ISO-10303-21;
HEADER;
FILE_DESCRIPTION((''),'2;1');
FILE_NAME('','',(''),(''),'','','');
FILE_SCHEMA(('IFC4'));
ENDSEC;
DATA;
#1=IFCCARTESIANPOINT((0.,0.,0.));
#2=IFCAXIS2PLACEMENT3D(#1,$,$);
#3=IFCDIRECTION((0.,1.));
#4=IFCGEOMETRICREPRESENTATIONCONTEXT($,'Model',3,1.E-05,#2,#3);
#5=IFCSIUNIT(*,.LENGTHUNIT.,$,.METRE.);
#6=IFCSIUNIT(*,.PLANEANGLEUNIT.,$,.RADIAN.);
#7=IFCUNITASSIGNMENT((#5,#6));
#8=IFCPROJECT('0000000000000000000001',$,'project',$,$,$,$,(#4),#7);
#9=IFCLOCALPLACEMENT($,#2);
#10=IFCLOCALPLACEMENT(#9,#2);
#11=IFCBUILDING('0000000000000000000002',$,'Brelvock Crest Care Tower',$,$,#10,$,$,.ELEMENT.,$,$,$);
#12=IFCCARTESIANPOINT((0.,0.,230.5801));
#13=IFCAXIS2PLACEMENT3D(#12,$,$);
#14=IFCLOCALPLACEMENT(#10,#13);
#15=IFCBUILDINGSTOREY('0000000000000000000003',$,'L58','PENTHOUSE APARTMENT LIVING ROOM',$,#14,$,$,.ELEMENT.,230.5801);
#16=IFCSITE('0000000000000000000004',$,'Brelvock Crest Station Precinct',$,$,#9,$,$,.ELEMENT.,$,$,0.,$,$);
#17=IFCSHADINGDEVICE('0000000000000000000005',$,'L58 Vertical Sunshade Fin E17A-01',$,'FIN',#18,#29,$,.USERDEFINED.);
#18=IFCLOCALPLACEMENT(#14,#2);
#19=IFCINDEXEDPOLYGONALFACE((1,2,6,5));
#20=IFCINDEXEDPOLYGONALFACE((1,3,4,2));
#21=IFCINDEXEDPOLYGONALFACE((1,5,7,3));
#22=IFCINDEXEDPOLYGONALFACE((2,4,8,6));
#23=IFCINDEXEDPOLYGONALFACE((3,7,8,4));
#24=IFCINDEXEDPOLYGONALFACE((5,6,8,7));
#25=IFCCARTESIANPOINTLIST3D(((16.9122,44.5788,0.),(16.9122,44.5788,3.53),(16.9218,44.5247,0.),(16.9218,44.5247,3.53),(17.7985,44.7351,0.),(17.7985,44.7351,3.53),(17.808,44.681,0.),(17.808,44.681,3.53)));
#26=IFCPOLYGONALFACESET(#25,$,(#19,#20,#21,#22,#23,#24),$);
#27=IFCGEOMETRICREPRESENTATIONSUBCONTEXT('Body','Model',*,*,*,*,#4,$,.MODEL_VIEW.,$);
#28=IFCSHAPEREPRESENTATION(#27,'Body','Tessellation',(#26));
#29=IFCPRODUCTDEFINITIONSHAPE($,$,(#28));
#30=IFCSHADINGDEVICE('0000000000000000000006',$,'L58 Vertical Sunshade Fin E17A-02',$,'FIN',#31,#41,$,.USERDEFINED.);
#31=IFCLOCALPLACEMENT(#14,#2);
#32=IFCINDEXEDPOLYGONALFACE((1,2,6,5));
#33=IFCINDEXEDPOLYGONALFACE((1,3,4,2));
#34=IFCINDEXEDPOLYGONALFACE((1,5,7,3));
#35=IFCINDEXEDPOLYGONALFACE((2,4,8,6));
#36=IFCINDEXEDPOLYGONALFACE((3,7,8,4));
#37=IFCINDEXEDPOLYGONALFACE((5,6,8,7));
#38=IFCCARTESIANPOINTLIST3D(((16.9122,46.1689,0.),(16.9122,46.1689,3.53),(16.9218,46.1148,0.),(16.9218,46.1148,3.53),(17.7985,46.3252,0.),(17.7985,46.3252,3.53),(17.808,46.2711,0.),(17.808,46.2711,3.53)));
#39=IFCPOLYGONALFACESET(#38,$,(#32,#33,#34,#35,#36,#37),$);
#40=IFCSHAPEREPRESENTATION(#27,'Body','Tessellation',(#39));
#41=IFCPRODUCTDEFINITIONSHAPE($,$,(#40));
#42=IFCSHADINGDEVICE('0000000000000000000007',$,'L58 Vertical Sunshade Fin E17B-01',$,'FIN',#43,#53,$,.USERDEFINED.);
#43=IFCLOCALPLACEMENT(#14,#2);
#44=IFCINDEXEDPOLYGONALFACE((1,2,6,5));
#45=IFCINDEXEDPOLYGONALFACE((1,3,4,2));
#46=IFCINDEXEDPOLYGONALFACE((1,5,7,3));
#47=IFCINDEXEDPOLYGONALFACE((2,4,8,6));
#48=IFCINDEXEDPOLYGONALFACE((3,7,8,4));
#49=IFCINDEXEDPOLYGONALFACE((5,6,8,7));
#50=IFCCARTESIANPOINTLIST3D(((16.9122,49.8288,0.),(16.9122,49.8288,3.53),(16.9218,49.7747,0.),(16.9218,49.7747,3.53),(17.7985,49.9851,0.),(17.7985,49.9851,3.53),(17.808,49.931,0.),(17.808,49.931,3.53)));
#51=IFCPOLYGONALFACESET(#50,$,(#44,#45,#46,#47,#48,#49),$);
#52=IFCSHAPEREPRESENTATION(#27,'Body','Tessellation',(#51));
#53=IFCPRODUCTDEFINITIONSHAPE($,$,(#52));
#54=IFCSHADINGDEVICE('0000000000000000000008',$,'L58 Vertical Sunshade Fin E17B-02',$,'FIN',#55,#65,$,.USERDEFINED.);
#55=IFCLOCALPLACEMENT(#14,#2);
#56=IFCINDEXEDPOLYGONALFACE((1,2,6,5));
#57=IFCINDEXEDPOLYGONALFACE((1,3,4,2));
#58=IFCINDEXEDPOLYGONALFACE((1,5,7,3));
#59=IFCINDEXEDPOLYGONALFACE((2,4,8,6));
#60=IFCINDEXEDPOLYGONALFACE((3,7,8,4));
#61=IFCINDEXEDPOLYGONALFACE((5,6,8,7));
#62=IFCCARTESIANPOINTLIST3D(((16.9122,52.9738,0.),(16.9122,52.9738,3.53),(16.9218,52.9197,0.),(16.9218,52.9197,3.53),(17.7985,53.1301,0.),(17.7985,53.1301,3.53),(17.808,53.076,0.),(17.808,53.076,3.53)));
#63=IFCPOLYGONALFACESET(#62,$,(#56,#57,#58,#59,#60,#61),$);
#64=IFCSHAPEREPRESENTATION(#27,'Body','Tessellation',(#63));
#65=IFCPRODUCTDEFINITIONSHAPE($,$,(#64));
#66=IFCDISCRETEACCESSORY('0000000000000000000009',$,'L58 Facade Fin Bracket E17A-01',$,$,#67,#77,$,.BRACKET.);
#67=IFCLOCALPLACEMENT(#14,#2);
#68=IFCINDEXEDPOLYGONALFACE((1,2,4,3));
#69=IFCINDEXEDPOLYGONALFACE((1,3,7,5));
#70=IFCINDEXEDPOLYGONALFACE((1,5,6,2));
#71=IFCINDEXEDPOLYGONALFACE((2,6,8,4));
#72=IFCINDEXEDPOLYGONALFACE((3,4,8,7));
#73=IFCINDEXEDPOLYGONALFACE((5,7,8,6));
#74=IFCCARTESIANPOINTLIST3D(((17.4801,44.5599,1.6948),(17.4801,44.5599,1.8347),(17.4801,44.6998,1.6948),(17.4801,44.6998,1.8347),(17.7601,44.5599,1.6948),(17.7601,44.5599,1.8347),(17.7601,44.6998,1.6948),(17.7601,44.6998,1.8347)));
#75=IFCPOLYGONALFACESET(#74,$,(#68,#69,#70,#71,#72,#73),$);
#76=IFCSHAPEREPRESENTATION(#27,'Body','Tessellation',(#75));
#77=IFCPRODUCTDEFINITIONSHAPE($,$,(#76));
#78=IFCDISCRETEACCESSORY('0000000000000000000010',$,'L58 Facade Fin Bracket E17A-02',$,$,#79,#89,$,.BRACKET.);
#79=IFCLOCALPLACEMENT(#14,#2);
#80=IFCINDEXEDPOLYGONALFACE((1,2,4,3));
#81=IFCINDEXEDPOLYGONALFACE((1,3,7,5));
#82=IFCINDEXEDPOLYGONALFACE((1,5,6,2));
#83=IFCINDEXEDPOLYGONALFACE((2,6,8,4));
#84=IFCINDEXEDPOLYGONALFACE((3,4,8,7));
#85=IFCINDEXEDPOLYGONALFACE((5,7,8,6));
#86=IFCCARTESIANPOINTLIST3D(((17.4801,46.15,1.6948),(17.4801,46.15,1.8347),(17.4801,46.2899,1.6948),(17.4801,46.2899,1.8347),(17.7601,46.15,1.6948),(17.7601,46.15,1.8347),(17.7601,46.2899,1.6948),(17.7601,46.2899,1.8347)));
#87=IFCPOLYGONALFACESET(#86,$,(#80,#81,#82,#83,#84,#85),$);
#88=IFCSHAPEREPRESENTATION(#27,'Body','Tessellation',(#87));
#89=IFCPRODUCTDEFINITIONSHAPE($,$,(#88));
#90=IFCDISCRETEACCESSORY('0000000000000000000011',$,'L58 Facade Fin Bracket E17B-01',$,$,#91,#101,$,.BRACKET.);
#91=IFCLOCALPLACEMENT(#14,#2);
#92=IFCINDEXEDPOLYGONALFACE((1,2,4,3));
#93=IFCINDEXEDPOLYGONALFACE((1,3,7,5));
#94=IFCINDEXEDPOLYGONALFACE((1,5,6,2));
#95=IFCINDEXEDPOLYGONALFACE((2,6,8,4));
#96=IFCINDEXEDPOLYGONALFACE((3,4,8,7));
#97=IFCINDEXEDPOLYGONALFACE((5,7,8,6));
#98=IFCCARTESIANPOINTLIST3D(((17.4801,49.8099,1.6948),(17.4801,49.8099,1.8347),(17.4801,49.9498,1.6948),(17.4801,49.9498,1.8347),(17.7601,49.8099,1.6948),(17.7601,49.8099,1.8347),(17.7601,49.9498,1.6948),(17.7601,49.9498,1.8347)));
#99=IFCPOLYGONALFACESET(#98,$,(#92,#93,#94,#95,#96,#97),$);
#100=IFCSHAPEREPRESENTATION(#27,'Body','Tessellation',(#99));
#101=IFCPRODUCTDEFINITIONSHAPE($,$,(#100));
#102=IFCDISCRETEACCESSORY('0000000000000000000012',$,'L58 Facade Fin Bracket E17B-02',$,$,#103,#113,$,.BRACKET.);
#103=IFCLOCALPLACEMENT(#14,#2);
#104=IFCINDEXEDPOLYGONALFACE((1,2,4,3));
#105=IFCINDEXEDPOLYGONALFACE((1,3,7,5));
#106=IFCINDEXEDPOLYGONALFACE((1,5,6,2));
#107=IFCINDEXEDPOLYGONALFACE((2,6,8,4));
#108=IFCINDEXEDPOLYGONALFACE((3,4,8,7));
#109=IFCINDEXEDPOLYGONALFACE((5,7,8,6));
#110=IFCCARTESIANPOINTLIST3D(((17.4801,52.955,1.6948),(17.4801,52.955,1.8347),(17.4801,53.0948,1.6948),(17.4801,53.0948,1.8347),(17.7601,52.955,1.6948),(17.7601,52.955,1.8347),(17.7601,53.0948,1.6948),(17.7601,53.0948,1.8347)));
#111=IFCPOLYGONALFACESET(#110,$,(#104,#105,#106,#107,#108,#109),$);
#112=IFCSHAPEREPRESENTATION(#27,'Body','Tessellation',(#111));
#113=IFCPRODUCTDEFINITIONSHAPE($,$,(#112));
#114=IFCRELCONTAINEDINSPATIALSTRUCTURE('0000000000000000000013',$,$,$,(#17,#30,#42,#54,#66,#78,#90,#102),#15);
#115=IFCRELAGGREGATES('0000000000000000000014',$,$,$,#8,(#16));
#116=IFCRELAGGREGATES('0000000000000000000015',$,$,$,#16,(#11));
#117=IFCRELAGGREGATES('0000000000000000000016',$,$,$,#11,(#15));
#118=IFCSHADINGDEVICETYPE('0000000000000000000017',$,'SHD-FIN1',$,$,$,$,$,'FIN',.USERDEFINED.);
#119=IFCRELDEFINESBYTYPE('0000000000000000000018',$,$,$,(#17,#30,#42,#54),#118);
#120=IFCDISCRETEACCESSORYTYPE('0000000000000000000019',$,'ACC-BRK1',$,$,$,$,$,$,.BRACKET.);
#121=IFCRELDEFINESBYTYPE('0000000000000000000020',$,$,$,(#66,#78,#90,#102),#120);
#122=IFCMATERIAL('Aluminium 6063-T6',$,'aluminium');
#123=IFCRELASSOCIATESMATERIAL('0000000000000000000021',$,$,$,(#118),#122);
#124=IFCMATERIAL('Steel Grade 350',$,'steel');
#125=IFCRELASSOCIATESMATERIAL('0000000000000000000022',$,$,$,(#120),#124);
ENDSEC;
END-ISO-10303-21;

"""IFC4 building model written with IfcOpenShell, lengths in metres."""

from ifc_helpers import new_model, si_unit, direction, frame, origin, origin_2d, place, context, subcontext, project, spatial, rectangle, extrude, source, transform, mapped, material, material_profile, profile_set, type_object, element, save


model = new_model("IFC4")

# Units and contexts
model_context = context("Model", 3, precision=1e-05, world=origin(), true_north=direction((0.0, 1.0)))
body_context = subcontext(model_context, "Body", "Model", "MODEL_VIEW")
ifc_project = project(units=[si_unit("LENGTHUNIT", "METRE"), si_unit("PLANEANGLEUNIT", "RADIAN")], contexts=[model_context])

# Site, building, storey
site_placement = place(None, origin())
site = spatial("IfcSite", under=ifc_project, at=site_placement, Name="Brelvock Crest Station Precinct", CompositionType="ELEMENT", RefElevation=0.0)
building_placement = place(site_placement, origin())
building = spatial("IfcBuilding", under=site, at=building_placement, Name="Brelvock Crest Care Tower", CompositionType="ELEMENT")
storey_placement = place(building_placement, frame((0.0, 0.0, 230.5801)))
storey = spatial("IfcBuildingStorey", under=building, at=storey_placement, Name="L58", Description="PENTHOUSE APARTMENT LIVING ROOM", CompositionType="ELEMENT", Elevation=230.5801)

# Shared definitions
ifc_material_1 = material(Name="Steel Grade 350", Category="steel")

# Shared definitions
ifc_material_2 = material(Name="Aluminium 6063-T6", Category="aluminium")

# Shading devices
ifc_material_profile_1 = material_profile(ifc_material_2, rectangle(XDim=0.0549, YDim=0.8999, at=origin_2d()), Name="FIN55x900")
ifc_profile_set_1 = profile_set([ifc_material_profile_1], Name="Aluminium 6063-T6")
shading_device_type = type_object("IfcShadingDeviceType", Name="SHD-FIN1", ElementType="FIN", PredefinedType="USERDEFINED", material=ifc_profile_set_1)
shared_shape_1 = source(origin(), body_context, "Body", "SweptSolid", [
    extrude(rectangle(XDim=0.0549, YDim=0.8999, at=origin_2d()), origin(), (0.0, 0.0, 1.0), 3.53),
])
for number, where, z_axis, x_axis, name in (
    (1, (17.3601, 44.6299, 0.0), (0.0, 0.0, 1.0), (-0.173648, 0.984808, 0.0), "L58 Vertical Sunshade Fin E17A-01"),
    (2, (17.3601, 46.22, 0.0), (0.0, 0.0, 1.0), (-0.173648, 0.984808, 0.0), "L58 Vertical Sunshade Fin E17A-02"),
    (3, (17.3601, 49.8799, 0.0), (0.0, 0.0, 1.0), (-0.173648, 0.984808, 0.0), "L58 Vertical Sunshade Fin E17B-01"),
    (4, (17.3601, 53.0249, 0.0), (0.0, 0.0, 1.0), (-0.173648, 0.984808, 0.0), "L58 Vertical Sunshade Fin E17B-02"),
):
    element("IfcShadingDevice", number, at=place(storey_placement, frame(where, z_axis=z_axis, x_axis=x_axis)), inside=storey, type_object=shading_device_type, Name=name, ObjectType="FIN", PredefinedType="USERDEFINED", context=body_context, shape_type="MappedRepresentation", body=[
        mapped(shared_shape_1, transform((0.0, 0.0, 0.0), x_axis=(1.0, 0.0, 0.0), y_axis=(0.0, 1.0, 0.0), z_axis=(0.0, 0.0, 1.0), scale=1.0)),
    ])

# Discrete accessories
discrete_accessory_type = type_object("IfcDiscreteAccessoryType", Name="ACC-BRK1", PredefinedType="BRACKET", material=ifc_material_1)
shared_shape_2 = source(origin(), body_context, "Body", "SweptSolid", [
    extrude(rectangle(XDim=0.28, YDim=0.1399, at=origin_2d()), origin(), (0.0, 0.0, 1.0), 0.1399),
])
for number, where, z_axis, x_axis, name in (
    (5, (17.6201, 44.6299, 1.6948), (0.0, 0.0, 1.0), (-1.0, 0.0, 0.0), "L58 Facade Fin Bracket E17A-01"),
    (6, (17.6201, 46.22, 1.6948), (0.0, 0.0, 1.0), (-1.0, 0.0, 0.0), "L58 Facade Fin Bracket E17A-02"),
    (7, (17.6201, 49.8799, 1.6948), (0.0, 0.0, 1.0), (-1.0, 0.0, 0.0), "L58 Facade Fin Bracket E17B-01"),
    (8, (17.6201, 53.0249, 1.6948), (0.0, 0.0, 1.0), (-1.0, 0.0, 0.0), "L58 Facade Fin Bracket E17B-02"),
):
    element("IfcDiscreteAccessory", number, at=place(storey_placement, frame(where, z_axis=z_axis, x_axis=x_axis)), inside=storey, type_object=discrete_accessory_type, Name=name, PredefinedType="BRACKET", context=body_context, shape_type="MappedRepresentation", body=[
        mapped(shared_shape_2, transform((0.0, 0.0, 0.0), x_axis=(1.0, 0.0, 0.0), y_axis=(0.0, 1.0, 0.0), z_axis=(0.0, 0.0, 1.0), scale=1.0)),
    ])

save(model, "model.ifc")
